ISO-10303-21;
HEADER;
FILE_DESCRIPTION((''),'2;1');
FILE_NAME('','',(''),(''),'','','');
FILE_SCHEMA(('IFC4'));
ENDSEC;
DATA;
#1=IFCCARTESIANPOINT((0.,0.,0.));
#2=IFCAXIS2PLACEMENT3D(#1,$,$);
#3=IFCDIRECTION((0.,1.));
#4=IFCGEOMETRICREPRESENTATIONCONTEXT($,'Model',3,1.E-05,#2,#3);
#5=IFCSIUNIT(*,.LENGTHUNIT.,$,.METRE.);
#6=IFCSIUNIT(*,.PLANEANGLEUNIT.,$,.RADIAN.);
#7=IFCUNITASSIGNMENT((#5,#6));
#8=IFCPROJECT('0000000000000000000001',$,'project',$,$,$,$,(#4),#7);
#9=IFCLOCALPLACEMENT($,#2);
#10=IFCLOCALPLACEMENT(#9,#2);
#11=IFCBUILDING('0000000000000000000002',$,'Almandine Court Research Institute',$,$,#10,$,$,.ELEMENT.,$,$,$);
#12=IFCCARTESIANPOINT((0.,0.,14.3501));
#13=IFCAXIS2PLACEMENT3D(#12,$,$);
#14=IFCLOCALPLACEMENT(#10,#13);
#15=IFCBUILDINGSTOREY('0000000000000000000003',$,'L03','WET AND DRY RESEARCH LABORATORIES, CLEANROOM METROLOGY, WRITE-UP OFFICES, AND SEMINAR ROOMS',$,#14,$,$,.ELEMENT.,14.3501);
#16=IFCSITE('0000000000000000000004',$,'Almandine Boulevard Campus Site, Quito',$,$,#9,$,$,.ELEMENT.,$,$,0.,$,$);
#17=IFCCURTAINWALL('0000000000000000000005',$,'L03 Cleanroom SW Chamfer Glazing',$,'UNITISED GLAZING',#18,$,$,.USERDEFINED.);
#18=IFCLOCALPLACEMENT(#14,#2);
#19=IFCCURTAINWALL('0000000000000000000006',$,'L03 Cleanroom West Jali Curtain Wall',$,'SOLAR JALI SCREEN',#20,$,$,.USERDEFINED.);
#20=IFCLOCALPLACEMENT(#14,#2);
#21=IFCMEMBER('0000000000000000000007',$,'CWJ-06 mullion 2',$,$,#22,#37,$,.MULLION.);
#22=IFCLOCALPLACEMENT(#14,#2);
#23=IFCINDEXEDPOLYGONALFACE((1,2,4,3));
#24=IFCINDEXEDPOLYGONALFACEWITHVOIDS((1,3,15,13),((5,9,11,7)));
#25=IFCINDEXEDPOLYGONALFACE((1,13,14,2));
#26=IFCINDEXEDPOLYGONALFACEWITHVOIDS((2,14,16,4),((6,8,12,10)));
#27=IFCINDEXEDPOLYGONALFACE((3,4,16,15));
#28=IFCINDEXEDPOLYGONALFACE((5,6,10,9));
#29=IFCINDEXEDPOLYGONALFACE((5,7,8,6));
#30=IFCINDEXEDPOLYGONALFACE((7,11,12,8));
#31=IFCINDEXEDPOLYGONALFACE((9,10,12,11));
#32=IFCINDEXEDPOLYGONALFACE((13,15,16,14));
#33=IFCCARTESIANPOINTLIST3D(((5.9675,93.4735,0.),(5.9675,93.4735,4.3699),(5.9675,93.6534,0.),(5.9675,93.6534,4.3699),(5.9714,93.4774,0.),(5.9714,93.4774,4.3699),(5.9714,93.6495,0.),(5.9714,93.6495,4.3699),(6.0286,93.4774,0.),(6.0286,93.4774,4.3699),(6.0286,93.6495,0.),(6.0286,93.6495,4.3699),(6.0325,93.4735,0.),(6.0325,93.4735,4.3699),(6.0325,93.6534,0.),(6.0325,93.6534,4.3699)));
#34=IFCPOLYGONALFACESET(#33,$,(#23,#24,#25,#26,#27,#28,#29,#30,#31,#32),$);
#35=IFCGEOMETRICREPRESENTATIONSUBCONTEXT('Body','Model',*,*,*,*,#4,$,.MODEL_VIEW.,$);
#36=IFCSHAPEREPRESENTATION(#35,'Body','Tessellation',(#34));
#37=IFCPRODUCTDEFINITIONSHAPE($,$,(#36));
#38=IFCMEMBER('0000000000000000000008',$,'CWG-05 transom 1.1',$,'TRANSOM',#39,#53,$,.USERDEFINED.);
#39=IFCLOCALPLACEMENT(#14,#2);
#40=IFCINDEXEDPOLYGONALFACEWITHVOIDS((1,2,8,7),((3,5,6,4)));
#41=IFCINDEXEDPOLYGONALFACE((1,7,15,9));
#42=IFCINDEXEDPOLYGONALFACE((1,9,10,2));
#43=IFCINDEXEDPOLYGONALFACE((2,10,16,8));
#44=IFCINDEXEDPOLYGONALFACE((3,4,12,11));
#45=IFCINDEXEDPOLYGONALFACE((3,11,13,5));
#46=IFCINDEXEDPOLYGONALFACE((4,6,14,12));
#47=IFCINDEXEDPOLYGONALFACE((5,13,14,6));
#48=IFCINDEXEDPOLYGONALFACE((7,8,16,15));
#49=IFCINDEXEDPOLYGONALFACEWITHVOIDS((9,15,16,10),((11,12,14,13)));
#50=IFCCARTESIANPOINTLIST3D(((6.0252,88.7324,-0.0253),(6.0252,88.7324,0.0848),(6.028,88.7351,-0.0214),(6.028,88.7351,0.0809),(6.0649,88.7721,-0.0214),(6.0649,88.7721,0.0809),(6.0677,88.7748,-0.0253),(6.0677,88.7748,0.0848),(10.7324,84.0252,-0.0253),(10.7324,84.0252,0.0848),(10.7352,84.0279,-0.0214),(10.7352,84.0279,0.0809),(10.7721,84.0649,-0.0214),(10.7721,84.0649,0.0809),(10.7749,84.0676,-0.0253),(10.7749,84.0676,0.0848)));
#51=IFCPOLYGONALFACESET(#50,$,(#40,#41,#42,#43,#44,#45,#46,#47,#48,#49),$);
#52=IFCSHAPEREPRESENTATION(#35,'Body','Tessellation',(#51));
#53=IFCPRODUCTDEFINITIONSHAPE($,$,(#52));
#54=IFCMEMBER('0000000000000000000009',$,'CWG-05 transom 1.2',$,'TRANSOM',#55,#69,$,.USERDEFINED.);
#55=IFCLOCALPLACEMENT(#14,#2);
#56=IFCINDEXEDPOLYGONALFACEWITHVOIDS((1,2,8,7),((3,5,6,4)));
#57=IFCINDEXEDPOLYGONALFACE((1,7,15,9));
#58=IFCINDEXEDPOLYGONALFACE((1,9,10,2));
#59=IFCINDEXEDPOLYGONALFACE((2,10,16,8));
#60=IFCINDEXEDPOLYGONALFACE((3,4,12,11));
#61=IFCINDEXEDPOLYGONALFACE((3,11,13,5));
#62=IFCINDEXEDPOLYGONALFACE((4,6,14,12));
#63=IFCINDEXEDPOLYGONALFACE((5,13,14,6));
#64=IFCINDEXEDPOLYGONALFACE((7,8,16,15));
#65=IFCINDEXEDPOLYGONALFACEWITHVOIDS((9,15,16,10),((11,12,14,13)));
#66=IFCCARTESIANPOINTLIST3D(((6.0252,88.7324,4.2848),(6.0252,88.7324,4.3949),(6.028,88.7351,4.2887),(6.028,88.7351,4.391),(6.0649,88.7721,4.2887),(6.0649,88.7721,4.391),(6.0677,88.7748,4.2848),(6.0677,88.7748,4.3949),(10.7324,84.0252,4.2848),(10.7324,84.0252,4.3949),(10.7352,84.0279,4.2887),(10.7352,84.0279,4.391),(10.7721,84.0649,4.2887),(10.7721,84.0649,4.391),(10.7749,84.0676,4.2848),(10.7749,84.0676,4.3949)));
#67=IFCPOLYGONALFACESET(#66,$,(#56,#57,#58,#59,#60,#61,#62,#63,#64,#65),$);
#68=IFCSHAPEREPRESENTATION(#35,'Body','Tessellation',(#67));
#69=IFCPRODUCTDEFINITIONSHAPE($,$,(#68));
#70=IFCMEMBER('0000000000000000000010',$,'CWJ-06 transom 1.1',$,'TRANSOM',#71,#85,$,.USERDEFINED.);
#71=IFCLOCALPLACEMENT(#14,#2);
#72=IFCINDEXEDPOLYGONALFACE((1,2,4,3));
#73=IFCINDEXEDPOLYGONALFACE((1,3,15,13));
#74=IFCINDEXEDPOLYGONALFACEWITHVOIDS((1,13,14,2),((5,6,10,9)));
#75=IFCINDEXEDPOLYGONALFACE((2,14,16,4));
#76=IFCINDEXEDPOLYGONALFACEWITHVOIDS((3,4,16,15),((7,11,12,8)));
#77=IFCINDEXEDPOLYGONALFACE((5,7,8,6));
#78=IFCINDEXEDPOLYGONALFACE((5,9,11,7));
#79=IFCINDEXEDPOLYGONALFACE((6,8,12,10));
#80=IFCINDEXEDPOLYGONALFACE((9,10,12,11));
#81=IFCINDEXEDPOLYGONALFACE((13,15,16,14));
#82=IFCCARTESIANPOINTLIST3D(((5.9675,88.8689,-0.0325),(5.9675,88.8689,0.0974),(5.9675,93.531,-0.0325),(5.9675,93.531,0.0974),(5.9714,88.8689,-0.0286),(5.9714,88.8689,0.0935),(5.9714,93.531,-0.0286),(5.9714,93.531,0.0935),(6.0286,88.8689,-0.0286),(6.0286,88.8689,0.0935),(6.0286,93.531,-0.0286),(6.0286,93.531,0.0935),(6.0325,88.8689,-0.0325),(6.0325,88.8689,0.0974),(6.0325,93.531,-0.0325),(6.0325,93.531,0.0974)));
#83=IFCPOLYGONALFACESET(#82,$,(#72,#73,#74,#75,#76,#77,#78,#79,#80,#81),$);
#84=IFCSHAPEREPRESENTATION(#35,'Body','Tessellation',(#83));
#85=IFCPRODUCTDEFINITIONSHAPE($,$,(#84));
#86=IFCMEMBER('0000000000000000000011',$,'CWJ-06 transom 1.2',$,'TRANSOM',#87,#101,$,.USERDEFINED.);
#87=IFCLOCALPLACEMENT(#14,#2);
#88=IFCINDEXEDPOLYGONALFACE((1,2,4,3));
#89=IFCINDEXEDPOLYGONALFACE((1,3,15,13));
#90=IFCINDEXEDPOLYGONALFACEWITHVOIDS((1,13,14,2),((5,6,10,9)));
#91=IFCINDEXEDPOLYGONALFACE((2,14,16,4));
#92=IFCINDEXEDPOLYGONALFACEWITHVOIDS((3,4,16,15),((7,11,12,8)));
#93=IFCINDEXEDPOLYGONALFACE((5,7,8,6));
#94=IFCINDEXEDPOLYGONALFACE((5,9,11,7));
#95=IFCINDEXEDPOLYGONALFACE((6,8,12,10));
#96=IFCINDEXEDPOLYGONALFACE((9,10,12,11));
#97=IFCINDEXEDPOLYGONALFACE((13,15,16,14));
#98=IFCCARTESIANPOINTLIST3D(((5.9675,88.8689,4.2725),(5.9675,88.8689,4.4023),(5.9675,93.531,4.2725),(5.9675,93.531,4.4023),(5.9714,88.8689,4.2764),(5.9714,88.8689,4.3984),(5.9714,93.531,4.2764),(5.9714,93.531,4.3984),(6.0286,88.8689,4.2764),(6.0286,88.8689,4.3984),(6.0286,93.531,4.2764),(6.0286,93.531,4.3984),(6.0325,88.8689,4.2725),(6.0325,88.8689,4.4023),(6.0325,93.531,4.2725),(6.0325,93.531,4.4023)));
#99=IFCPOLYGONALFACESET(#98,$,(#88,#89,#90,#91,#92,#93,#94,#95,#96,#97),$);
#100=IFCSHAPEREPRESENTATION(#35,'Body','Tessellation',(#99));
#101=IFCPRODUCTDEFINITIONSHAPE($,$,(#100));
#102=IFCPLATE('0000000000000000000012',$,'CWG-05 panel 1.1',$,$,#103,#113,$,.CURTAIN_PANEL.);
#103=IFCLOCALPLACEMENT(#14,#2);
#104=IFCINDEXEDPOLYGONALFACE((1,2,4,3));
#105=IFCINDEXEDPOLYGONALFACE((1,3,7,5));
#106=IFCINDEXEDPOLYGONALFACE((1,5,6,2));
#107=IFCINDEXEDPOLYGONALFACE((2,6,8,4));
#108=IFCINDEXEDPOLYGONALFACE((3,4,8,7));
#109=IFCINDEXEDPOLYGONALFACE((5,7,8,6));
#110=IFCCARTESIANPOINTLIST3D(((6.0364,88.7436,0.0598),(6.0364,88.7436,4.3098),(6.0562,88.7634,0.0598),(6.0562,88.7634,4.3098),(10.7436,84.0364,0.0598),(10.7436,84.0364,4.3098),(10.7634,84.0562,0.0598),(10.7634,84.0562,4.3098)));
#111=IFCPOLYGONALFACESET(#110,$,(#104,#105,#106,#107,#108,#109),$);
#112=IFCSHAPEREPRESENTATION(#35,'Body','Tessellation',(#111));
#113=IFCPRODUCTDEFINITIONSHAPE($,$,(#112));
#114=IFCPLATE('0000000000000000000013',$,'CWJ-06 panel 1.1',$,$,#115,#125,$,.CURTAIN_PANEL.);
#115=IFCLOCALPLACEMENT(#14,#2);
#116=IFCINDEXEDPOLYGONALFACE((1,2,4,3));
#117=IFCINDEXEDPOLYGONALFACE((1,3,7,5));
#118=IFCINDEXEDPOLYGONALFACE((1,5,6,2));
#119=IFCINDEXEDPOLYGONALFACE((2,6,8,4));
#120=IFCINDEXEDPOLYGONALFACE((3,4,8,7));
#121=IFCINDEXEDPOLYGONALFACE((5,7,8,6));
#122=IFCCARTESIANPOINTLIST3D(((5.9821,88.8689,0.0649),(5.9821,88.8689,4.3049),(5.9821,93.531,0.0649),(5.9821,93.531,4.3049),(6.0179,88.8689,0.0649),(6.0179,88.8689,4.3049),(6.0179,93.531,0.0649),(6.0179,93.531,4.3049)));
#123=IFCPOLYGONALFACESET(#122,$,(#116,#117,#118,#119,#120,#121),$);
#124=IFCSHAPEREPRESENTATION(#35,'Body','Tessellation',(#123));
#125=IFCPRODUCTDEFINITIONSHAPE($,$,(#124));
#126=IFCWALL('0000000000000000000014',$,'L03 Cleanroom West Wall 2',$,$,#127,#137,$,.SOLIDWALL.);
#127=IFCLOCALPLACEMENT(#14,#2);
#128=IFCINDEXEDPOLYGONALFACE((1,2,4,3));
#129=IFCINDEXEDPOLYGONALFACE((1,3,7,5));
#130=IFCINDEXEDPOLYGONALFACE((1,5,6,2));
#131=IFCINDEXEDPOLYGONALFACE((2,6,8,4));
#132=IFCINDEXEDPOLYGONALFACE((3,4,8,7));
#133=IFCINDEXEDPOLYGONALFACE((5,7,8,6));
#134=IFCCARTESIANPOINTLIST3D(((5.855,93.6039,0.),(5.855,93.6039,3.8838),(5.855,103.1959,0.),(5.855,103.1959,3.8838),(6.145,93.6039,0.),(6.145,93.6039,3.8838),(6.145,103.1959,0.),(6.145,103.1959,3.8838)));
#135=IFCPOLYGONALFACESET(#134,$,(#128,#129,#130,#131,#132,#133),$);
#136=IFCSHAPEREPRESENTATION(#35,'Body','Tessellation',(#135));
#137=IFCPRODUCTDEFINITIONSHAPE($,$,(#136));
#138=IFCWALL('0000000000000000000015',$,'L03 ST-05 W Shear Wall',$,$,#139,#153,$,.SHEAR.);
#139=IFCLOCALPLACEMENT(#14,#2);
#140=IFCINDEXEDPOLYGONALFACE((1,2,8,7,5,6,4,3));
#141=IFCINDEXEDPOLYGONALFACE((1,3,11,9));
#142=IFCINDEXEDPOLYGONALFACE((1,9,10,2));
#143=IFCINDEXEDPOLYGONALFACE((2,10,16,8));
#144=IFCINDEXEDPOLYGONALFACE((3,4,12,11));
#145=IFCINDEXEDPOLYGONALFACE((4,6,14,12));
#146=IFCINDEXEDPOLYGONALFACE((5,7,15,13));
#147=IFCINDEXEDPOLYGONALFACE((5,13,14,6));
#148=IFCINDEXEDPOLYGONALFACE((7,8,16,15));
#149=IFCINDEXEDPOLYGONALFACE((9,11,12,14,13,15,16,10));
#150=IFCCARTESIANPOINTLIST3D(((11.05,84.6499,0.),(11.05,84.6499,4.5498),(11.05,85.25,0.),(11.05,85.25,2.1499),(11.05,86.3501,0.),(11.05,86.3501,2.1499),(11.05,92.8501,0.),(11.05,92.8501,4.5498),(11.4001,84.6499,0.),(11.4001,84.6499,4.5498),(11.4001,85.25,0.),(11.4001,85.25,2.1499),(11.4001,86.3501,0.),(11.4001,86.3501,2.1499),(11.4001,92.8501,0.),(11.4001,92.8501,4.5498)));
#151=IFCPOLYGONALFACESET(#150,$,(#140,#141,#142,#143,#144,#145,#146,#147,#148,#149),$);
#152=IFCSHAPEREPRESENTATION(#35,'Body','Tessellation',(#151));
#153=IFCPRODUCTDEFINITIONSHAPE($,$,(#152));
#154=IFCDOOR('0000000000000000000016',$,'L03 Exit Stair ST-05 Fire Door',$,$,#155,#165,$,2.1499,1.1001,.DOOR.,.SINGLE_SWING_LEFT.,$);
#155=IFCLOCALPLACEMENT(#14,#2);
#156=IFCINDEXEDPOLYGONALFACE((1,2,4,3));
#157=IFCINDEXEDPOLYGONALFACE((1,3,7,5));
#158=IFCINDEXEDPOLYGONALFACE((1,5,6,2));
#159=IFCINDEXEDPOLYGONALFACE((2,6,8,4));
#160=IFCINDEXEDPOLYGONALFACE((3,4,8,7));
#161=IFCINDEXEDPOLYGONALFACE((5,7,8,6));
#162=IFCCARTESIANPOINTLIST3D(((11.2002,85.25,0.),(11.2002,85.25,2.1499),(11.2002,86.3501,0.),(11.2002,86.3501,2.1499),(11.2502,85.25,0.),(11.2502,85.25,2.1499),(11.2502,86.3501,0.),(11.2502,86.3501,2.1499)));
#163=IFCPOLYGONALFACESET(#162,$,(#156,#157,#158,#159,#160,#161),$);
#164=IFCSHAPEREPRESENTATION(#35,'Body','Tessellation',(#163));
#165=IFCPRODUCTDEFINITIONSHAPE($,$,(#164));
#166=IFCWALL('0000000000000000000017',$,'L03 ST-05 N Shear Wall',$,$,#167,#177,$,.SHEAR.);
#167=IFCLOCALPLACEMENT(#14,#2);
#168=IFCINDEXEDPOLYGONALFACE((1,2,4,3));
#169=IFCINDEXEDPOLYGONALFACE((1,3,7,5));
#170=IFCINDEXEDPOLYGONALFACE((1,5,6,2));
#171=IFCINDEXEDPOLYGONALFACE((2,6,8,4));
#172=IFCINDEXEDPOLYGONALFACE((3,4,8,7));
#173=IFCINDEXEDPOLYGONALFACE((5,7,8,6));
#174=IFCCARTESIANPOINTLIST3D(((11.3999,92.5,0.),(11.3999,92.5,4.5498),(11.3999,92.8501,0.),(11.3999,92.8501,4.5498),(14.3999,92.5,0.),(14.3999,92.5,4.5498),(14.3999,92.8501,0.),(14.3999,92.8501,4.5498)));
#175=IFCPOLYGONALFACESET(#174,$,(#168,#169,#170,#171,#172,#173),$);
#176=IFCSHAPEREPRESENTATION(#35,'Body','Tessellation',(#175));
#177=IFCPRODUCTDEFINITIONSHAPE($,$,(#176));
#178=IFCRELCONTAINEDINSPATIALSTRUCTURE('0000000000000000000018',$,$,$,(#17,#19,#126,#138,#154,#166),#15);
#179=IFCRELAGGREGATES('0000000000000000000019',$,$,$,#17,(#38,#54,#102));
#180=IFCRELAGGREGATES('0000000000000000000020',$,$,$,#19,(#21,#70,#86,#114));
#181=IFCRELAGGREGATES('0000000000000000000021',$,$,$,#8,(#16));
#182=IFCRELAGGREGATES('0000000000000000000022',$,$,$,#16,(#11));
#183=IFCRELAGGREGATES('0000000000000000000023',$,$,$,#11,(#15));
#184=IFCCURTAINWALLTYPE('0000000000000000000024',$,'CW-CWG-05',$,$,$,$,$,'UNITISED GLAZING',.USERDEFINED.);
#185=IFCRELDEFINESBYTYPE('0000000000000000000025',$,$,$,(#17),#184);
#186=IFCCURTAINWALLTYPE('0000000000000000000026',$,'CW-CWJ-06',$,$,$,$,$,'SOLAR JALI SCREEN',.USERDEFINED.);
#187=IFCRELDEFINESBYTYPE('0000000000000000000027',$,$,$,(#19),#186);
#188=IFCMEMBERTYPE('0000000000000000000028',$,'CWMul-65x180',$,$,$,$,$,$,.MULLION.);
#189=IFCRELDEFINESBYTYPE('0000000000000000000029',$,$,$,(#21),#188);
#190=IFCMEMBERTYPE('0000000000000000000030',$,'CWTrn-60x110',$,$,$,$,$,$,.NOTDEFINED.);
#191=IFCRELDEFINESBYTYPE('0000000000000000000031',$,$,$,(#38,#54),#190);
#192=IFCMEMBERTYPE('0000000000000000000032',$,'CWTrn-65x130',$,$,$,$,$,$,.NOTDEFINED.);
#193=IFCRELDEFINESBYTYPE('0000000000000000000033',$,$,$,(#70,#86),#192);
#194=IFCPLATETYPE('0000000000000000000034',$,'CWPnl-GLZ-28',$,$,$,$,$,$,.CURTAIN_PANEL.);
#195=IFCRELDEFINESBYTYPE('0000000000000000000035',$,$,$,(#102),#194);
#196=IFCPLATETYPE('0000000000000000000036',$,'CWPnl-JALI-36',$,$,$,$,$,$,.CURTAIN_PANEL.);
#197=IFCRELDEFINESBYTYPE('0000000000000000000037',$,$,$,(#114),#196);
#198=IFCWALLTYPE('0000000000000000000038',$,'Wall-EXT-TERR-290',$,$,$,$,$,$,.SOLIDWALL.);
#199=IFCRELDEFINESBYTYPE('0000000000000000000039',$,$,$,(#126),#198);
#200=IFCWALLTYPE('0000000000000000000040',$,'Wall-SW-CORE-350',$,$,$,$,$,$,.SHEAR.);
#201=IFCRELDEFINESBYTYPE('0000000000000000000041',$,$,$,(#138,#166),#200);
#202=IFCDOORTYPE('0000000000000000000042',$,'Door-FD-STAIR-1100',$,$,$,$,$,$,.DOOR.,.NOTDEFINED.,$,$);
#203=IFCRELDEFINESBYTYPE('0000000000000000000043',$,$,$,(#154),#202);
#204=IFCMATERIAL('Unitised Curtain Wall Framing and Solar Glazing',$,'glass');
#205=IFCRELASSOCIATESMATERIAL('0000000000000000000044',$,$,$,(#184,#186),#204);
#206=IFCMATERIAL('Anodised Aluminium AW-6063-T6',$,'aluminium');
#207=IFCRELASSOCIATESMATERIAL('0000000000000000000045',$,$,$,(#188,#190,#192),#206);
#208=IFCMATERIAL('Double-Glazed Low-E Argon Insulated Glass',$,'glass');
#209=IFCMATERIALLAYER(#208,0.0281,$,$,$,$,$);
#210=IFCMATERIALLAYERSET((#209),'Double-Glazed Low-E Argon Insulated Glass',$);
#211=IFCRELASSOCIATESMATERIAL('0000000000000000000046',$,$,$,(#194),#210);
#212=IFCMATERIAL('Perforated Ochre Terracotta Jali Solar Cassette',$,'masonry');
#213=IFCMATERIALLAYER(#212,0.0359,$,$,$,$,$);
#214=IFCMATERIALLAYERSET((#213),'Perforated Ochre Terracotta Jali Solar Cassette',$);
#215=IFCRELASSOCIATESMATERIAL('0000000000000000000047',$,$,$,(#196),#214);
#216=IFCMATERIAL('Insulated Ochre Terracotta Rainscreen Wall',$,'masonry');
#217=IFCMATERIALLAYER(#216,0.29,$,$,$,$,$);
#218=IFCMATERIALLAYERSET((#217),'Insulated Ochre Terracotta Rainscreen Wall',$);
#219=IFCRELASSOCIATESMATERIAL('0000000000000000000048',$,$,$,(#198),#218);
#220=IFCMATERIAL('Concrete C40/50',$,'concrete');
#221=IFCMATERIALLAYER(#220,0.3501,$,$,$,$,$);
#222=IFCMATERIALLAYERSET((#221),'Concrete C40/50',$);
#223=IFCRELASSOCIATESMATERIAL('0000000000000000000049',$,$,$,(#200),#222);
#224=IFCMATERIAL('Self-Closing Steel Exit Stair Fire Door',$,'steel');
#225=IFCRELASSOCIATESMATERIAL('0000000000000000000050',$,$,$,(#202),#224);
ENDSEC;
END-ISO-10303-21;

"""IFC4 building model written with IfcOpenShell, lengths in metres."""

from ifc_helpers import new_model, si_unit, direction, frame, frame_2d, origin, origin_2d, place, context, subcontext, project, spatial, rectangle, hollow_rectangle, extrude, material, layer, layer_set, material_profile, profile_set, type_object, element, fill, aggregate, save


model = new_model("IFC4")

# Units and contexts
model_context = context("Model", 3, precision=1e-05, world=origin(), true_north=direction((0.0, 1.0)))
body_context = subcontext(model_context, "Body", "Model", "MODEL_VIEW")
ifc_project = project(units=[si_unit("LENGTHUNIT", "METRE"), si_unit("PLANEANGLEUNIT", "RADIAN")], contexts=[model_context])

# Site, building, storey
site_placement = place(None, origin())
site = spatial("IfcSite", under=ifc_project, at=site_placement, Name="Almandine Boulevard Campus Site, Quito", CompositionType="ELEMENT", RefElevation=0.0)
building_placement = place(site_placement, origin())
building = spatial("IfcBuilding", under=site, at=building_placement, Name="Almandine Court Research Institute", CompositionType="ELEMENT")
storey_placement = place(building_placement, frame((0.0, 0.0, 14.3501)))
storey = spatial("IfcBuildingStorey", under=building, at=storey_placement, Name="L03", Description="WET AND DRY RESEARCH LABORATORIES, CLEANROOM METROLOGY, WRITE-UP OFFICES, AND SEMINAR ROOMS", CompositionType="ELEMENT", Elevation=14.3501)

# Curtain walls, member
ifc_material_1 = material(Name="Unitised Curtain Wall Framing and Solar Glazing", Category="glass")
curtain_wall_type_1 = type_object("IfcCurtainWallType", Name="CW-CWG-05", ElementType="UNITISED GLAZING", PredefinedType="USERDEFINED", material=ifc_material_1)
curtain_wall_1_placement = place(storey_placement, origin())
curtain_wall_1 = element("IfcCurtainWall", 1, at=curtain_wall_1_placement, inside=storey, type_object=curtain_wall_type_1, Name="L03 Cleanroom SW Chamfer Glazing", ObjectType="UNITISED GLAZING", PredefinedType="USERDEFINED")
ifc_material_2 = material(Name="Anodised Aluminium AW-6063-T6", Category="aluminium")
curtain_wall_type_2 = type_object("IfcCurtainWallType", Name="CW-CWJ-06", ElementType="SOLAR JALI SCREEN", PredefinedType="USERDEFINED", material=ifc_material_1)
curtain_wall_2_placement = place(storey_placement, origin())
curtain_wall_2 = element("IfcCurtainWall", 2, at=curtain_wall_2_placement, inside=storey, type_object=curtain_wall_type_2, Name="L03 Cleanroom West Jali Curtain Wall", ObjectType="SOLAR JALI SCREEN", PredefinedType="USERDEFINED")
ifc_material_profile_1 = material_profile(ifc_material_2, hollow_rectangle(XDim=0.0649, YDim=0.1799, WallThickness=0.0039, at=origin_2d()), Name="ALU RHS 65x180x4")
ifc_profile_set_1 = profile_set([ifc_material_profile_1], Name="Anodised Aluminium AW-6063-T6")
member_type_1 = type_object("IfcMemberType", Name="CWMul-65x180", PredefinedType="MULLION", material=ifc_profile_set_1)
member_1_placement = place(storey_placement, frame((6.0, 93.5635, 0.0), z_axis=(0.0, 0.0, 1.0), x_axis=(-1.0, 0.0, 0.0)))
member_1 = element("IfcMember", 3, at=member_1_placement, type_object=member_type_1, Name="CWJ-06 mullion 2", PredefinedType="MULLION", context=body_context, shape_type="SweptSolid", body=[
    extrude(hollow_rectangle(XDim=0.0649, YDim=0.1799, WallThickness=0.0039, at=origin_2d()), origin(), (0.0, 0.0, 1.0), 4.3699),
])

# Members
ifc_material_profile_2 = material_profile(ifc_material_2, hollow_rectangle(XDim=0.0601, YDim=0.1101, WallThickness=0.0039, at=origin_2d()), Name="ALU RHS 60x110x4")
ifc_profile_set_2 = profile_set([ifc_material_profile_2], Name="Anodised Aluminium AW-6063-T6")
member_type_2 = type_object("IfcMemberType", Name="CWTrn-60x110", PredefinedType="NOTDEFINED", material=ifc_profile_set_2)
member_2_placement = place(storey_placement, frame((10.7537, 84.0464, 0.0298), z_axis=(-0.707107, 0.707107, 0.0), x_axis=(-0.707107, -0.707107, 0.0)))
member_2 = element("IfcMember", 4, at=member_2_placement, type_object=member_type_2, Name="CWG-05 transom 1.1", ObjectType="TRANSOM", PredefinedType="USERDEFINED", context=body_context, shape_type="SweptSolid", body=[
    extrude(hollow_rectangle(XDim=0.0601, YDim=0.1101, WallThickness=0.0039, at=origin_2d()), origin(), (0.0, 0.0, 1.0), 6.657),
])
member_3_placement = place(storey_placement, frame((10.7537, 84.0464, 4.3398), z_axis=(-0.707107, 0.707107, 0.0), x_axis=(-0.707107, -0.707107, 0.0)))
member_3 = element("IfcMember", 5, at=member_3_placement, type_object=member_type_2, Name="CWG-05 transom 1.2", ObjectType="TRANSOM", PredefinedType="USERDEFINED", context=body_context, shape_type="SweptSolid", body=[
    extrude(hollow_rectangle(XDim=0.0601, YDim=0.1101, WallThickness=0.0039, at=origin_2d()), origin(), (0.0, 0.0, 1.0), 6.657),
])
ifc_material_profile_3 = material_profile(ifc_material_2, hollow_rectangle(XDim=0.0649, YDim=0.1299, WallThickness=0.0039, at=origin_2d()), Name="ALU RHS 65x130x4")
ifc_profile_set_3 = profile_set([ifc_material_profile_3], Name="Anodised Aluminium AW-6063-T6")
member_type_3 = type_object("IfcMemberType", Name="CWTrn-65x130", PredefinedType="NOTDEFINED", material=ifc_profile_set_3)
member_4_placement = place(storey_placement, frame((6.0, 88.8689, 0.0325), z_axis=(0.0, 1.0, 0.0), x_axis=(-1.0, 0.0, 0.0)))
member_4 = element("IfcMember", 6, at=member_4_placement, type_object=member_type_3, Name="CWJ-06 transom 1.1", ObjectType="TRANSOM", PredefinedType="USERDEFINED", context=body_context, shape_type="SweptSolid", body=[
    extrude(hollow_rectangle(XDim=0.0649, YDim=0.1299, WallThickness=0.0039, at=origin_2d()), origin(), (0.0, 0.0, 1.0), 4.6621),
])
member_5_placement = place(storey_placement, frame((6.0, 88.8689, 4.3374), z_axis=(0.0, 1.0, 0.0), x_axis=(-1.0, 0.0, 0.0)))
member_5 = element("IfcMember", 7, at=member_5_placement, type_object=member_type_3, Name="CWJ-06 transom 1.2", ObjectType="TRANSOM", PredefinedType="USERDEFINED", context=body_context, shape_type="SweptSolid", body=[
    extrude(hollow_rectangle(XDim=0.0649, YDim=0.1299, WallThickness=0.0039, at=origin_2d()), origin(), (0.0, 0.0, 1.0), 4.6621),
])

# Plates
ifc_material_3 = material(Name="Double-Glazed Low-E Argon Insulated Glass", Category="glass")
ifc_layer_1 = layer(ifc_material_3, 0.0281)
ifc_layer_set_1 = layer_set([ifc_layer_1], Name="Double-Glazed Low-E Argon Insulated Glass")
plate_type_1 = type_object("IfcPlateType", Name="CWPnl-GLZ-28", PredefinedType="CURTAIN_PANEL", material=ifc_layer_set_1)
plate_1_placement = place(storey_placement, frame((8.3999, 86.3999, 0.0598), z_axis=(0.0, 0.0, 1.0), x_axis=(-0.707107, 0.707107, 0.0)))
plate_1 = element("IfcPlate", 8, at=plate_1_placement, type_object=plate_type_1, Name="CWG-05 panel 1.1", PredefinedType="CURTAIN_PANEL", context=body_context, shape_type="SweptSolid", body=[
    extrude(rectangle(XDim=6.657, YDim=0.0281, at=origin_2d()), origin(), (0.0, 0.0, 1.0), 4.25),
])
aggregate(curtain_wall_1, [member_2, member_3, plate_1])
ifc_material_4 = material(Name="Perforated Ochre Terracotta Jali Solar Cassette", Category="masonry")
ifc_layer_2 = layer(ifc_material_4, 0.0359)
ifc_layer_set_2 = layer_set([ifc_layer_2], Name="Perforated Ochre Terracotta Jali Solar Cassette")
plate_type_2 = type_object("IfcPlateType", Name="CWPnl-JALI-36", PredefinedType="CURTAIN_PANEL", material=ifc_layer_set_2)
plate_2_placement = place(storey_placement, frame((6.0, 91.2, 0.0649), z_axis=(0.0, 0.0, 1.0), x_axis=(0.0, 1.0, 0.0)))
plate_2 = element("IfcPlate", 9, at=plate_2_placement, type_object=plate_type_2, Name="CWJ-06 panel 1.1", PredefinedType="CURTAIN_PANEL", context=body_context, shape_type="SweptSolid", body=[
    extrude(rectangle(XDim=4.6621, YDim=0.0359, at=origin_2d()), origin(), (0.0, 0.0, 1.0), 4.24),
])
aggregate(curtain_wall_2, [member_1, member_4, member_5, plate_2])

# Wall
ifc_material_5 = material(Name="Insulated Ochre Terracotta Rainscreen Wall", Category="masonry")
ifc_layer_3 = layer(ifc_material_5, 0.29)
ifc_layer_set_3 = layer_set([ifc_layer_3], Name="Insulated Ochre Terracotta Rainscreen Wall")
wall_type_1 = type_object("IfcWallType", Name="Wall-EXT-TERR-290", PredefinedType="SOLIDWALL", material=ifc_layer_set_3)
wall_1_placement = place(storey_placement, frame((6.0, 93.604, 0.0), z_axis=(0.0, 0.0, 1.0), x_axis=(0.0, 1.0, 0.0)))
element("IfcWall", 10, at=wall_1_placement, inside=storey, type_object=wall_type_1, Name="L03 Cleanroom West Wall 2", PredefinedType="SOLIDWALL", context=body_context, shape_type="SweptSolid", body=[
    extrude(rectangle(XDim=9.592, YDim=0.29, at=frame_2d((4.7959, 0.0))), origin(), (0.0, 0.0, 1.0), 3.8838),
])

# Wall, opening, door
ifc_material_6 = material(Name="Concrete C40/50", Category="concrete")
ifc_layer_4 = layer(ifc_material_6, 0.3501)
ifc_layer_set_4 = layer_set([ifc_layer_4], Name="Concrete C40/50")
wall_type_2 = type_object("IfcWallType", Name="Wall-SW-CORE-350", PredefinedType="SHEAR", material=ifc_layer_set_4)
wall_2_placement = place(storey_placement, frame((11.2251, 84.6499, 0.0), z_axis=(0.0, 0.0, 1.0), x_axis=(0.0, 1.0, 0.0)))
wall_2 = element("IfcWall", 11, at=wall_2_placement, inside=storey, type_object=wall_type_2, Name="L03 ST-05 W Shear Wall", PredefinedType="SHEAR", context=body_context, shape_type="SweptSolid", body=[
    extrude(rectangle(XDim=8.2002, YDim=0.3501, at=frame_2d((4.1001, 0.0))), origin(), (0.0, 0.0, 1.0), 4.5498),
])
opening_placement = place(wall_2_placement, frame((0.6001, 0.0, 0.0)))
opening = element("IfcOpeningElement", 12, at=opening_placement, cuts=wall_2, PredefinedType="OPENING", context=body_context, shape_type="SweptSolid", body=[
    extrude(rectangle(XDim=1.1001, YDim=2.1499, at=frame_2d((0.55, 1.075))), frame((0.0, 0.1851, 0.0), z_axis=(0.0, -1.0, 0.0), x_axis=(1.0, 0.0, 0.0)), (0.0, 0.0, 1.0), 0.3701),
])
ifc_material_7 = material(Name="Self-Closing Steel Exit Stair Fire Door", Category="steel")
door_type = type_object("IfcDoorType", Name="Door-FD-STAIR-1100", OperationType="NOTDEFINED", PredefinedType="DOOR", material=ifc_material_7)
door_placement = place(opening_placement, origin())
door = element("IfcDoor", 13, at=door_placement, inside=storey, type_object=door_type, Name="L03 Exit Stair ST-05 Fire Door", OperationType="SINGLE_SWING_LEFT", OverallHeight=2.1499, OverallWidth=1.1001, PredefinedType="DOOR", context=body_context, shape_type="SweptSolid", body=[
    extrude(rectangle(XDim=1.1001, YDim=2.1499, at=frame_2d((0.55, 1.075))), frame((0.0, 0.0249, 0.0), z_axis=(0.0, -1.0, 0.0), x_axis=(1.0, 0.0, 0.0)), (0.0, 0.0, 1.0), 0.05),
])
fill(opening, door)

# Wall
wall_3_placement = place(storey_placement, frame((11.3999, 92.675, 0.0), z_axis=(0.0, 0.0, 1.0), x_axis=(1.0, 0.0, 0.0)))
element("IfcWall", 14, at=wall_3_placement, inside=storey, type_object=wall_type_2, Name="L03 ST-05 N Shear Wall", PredefinedType="SHEAR", context=body_context, shape_type="SweptSolid", body=[
    extrude(rectangle(XDim=3.0, YDim=0.3501, at=frame_2d((1.5, 0.0))), origin(), (0.0, 0.0, 1.0), 4.5498),
])

save(model, "model.ifc")
